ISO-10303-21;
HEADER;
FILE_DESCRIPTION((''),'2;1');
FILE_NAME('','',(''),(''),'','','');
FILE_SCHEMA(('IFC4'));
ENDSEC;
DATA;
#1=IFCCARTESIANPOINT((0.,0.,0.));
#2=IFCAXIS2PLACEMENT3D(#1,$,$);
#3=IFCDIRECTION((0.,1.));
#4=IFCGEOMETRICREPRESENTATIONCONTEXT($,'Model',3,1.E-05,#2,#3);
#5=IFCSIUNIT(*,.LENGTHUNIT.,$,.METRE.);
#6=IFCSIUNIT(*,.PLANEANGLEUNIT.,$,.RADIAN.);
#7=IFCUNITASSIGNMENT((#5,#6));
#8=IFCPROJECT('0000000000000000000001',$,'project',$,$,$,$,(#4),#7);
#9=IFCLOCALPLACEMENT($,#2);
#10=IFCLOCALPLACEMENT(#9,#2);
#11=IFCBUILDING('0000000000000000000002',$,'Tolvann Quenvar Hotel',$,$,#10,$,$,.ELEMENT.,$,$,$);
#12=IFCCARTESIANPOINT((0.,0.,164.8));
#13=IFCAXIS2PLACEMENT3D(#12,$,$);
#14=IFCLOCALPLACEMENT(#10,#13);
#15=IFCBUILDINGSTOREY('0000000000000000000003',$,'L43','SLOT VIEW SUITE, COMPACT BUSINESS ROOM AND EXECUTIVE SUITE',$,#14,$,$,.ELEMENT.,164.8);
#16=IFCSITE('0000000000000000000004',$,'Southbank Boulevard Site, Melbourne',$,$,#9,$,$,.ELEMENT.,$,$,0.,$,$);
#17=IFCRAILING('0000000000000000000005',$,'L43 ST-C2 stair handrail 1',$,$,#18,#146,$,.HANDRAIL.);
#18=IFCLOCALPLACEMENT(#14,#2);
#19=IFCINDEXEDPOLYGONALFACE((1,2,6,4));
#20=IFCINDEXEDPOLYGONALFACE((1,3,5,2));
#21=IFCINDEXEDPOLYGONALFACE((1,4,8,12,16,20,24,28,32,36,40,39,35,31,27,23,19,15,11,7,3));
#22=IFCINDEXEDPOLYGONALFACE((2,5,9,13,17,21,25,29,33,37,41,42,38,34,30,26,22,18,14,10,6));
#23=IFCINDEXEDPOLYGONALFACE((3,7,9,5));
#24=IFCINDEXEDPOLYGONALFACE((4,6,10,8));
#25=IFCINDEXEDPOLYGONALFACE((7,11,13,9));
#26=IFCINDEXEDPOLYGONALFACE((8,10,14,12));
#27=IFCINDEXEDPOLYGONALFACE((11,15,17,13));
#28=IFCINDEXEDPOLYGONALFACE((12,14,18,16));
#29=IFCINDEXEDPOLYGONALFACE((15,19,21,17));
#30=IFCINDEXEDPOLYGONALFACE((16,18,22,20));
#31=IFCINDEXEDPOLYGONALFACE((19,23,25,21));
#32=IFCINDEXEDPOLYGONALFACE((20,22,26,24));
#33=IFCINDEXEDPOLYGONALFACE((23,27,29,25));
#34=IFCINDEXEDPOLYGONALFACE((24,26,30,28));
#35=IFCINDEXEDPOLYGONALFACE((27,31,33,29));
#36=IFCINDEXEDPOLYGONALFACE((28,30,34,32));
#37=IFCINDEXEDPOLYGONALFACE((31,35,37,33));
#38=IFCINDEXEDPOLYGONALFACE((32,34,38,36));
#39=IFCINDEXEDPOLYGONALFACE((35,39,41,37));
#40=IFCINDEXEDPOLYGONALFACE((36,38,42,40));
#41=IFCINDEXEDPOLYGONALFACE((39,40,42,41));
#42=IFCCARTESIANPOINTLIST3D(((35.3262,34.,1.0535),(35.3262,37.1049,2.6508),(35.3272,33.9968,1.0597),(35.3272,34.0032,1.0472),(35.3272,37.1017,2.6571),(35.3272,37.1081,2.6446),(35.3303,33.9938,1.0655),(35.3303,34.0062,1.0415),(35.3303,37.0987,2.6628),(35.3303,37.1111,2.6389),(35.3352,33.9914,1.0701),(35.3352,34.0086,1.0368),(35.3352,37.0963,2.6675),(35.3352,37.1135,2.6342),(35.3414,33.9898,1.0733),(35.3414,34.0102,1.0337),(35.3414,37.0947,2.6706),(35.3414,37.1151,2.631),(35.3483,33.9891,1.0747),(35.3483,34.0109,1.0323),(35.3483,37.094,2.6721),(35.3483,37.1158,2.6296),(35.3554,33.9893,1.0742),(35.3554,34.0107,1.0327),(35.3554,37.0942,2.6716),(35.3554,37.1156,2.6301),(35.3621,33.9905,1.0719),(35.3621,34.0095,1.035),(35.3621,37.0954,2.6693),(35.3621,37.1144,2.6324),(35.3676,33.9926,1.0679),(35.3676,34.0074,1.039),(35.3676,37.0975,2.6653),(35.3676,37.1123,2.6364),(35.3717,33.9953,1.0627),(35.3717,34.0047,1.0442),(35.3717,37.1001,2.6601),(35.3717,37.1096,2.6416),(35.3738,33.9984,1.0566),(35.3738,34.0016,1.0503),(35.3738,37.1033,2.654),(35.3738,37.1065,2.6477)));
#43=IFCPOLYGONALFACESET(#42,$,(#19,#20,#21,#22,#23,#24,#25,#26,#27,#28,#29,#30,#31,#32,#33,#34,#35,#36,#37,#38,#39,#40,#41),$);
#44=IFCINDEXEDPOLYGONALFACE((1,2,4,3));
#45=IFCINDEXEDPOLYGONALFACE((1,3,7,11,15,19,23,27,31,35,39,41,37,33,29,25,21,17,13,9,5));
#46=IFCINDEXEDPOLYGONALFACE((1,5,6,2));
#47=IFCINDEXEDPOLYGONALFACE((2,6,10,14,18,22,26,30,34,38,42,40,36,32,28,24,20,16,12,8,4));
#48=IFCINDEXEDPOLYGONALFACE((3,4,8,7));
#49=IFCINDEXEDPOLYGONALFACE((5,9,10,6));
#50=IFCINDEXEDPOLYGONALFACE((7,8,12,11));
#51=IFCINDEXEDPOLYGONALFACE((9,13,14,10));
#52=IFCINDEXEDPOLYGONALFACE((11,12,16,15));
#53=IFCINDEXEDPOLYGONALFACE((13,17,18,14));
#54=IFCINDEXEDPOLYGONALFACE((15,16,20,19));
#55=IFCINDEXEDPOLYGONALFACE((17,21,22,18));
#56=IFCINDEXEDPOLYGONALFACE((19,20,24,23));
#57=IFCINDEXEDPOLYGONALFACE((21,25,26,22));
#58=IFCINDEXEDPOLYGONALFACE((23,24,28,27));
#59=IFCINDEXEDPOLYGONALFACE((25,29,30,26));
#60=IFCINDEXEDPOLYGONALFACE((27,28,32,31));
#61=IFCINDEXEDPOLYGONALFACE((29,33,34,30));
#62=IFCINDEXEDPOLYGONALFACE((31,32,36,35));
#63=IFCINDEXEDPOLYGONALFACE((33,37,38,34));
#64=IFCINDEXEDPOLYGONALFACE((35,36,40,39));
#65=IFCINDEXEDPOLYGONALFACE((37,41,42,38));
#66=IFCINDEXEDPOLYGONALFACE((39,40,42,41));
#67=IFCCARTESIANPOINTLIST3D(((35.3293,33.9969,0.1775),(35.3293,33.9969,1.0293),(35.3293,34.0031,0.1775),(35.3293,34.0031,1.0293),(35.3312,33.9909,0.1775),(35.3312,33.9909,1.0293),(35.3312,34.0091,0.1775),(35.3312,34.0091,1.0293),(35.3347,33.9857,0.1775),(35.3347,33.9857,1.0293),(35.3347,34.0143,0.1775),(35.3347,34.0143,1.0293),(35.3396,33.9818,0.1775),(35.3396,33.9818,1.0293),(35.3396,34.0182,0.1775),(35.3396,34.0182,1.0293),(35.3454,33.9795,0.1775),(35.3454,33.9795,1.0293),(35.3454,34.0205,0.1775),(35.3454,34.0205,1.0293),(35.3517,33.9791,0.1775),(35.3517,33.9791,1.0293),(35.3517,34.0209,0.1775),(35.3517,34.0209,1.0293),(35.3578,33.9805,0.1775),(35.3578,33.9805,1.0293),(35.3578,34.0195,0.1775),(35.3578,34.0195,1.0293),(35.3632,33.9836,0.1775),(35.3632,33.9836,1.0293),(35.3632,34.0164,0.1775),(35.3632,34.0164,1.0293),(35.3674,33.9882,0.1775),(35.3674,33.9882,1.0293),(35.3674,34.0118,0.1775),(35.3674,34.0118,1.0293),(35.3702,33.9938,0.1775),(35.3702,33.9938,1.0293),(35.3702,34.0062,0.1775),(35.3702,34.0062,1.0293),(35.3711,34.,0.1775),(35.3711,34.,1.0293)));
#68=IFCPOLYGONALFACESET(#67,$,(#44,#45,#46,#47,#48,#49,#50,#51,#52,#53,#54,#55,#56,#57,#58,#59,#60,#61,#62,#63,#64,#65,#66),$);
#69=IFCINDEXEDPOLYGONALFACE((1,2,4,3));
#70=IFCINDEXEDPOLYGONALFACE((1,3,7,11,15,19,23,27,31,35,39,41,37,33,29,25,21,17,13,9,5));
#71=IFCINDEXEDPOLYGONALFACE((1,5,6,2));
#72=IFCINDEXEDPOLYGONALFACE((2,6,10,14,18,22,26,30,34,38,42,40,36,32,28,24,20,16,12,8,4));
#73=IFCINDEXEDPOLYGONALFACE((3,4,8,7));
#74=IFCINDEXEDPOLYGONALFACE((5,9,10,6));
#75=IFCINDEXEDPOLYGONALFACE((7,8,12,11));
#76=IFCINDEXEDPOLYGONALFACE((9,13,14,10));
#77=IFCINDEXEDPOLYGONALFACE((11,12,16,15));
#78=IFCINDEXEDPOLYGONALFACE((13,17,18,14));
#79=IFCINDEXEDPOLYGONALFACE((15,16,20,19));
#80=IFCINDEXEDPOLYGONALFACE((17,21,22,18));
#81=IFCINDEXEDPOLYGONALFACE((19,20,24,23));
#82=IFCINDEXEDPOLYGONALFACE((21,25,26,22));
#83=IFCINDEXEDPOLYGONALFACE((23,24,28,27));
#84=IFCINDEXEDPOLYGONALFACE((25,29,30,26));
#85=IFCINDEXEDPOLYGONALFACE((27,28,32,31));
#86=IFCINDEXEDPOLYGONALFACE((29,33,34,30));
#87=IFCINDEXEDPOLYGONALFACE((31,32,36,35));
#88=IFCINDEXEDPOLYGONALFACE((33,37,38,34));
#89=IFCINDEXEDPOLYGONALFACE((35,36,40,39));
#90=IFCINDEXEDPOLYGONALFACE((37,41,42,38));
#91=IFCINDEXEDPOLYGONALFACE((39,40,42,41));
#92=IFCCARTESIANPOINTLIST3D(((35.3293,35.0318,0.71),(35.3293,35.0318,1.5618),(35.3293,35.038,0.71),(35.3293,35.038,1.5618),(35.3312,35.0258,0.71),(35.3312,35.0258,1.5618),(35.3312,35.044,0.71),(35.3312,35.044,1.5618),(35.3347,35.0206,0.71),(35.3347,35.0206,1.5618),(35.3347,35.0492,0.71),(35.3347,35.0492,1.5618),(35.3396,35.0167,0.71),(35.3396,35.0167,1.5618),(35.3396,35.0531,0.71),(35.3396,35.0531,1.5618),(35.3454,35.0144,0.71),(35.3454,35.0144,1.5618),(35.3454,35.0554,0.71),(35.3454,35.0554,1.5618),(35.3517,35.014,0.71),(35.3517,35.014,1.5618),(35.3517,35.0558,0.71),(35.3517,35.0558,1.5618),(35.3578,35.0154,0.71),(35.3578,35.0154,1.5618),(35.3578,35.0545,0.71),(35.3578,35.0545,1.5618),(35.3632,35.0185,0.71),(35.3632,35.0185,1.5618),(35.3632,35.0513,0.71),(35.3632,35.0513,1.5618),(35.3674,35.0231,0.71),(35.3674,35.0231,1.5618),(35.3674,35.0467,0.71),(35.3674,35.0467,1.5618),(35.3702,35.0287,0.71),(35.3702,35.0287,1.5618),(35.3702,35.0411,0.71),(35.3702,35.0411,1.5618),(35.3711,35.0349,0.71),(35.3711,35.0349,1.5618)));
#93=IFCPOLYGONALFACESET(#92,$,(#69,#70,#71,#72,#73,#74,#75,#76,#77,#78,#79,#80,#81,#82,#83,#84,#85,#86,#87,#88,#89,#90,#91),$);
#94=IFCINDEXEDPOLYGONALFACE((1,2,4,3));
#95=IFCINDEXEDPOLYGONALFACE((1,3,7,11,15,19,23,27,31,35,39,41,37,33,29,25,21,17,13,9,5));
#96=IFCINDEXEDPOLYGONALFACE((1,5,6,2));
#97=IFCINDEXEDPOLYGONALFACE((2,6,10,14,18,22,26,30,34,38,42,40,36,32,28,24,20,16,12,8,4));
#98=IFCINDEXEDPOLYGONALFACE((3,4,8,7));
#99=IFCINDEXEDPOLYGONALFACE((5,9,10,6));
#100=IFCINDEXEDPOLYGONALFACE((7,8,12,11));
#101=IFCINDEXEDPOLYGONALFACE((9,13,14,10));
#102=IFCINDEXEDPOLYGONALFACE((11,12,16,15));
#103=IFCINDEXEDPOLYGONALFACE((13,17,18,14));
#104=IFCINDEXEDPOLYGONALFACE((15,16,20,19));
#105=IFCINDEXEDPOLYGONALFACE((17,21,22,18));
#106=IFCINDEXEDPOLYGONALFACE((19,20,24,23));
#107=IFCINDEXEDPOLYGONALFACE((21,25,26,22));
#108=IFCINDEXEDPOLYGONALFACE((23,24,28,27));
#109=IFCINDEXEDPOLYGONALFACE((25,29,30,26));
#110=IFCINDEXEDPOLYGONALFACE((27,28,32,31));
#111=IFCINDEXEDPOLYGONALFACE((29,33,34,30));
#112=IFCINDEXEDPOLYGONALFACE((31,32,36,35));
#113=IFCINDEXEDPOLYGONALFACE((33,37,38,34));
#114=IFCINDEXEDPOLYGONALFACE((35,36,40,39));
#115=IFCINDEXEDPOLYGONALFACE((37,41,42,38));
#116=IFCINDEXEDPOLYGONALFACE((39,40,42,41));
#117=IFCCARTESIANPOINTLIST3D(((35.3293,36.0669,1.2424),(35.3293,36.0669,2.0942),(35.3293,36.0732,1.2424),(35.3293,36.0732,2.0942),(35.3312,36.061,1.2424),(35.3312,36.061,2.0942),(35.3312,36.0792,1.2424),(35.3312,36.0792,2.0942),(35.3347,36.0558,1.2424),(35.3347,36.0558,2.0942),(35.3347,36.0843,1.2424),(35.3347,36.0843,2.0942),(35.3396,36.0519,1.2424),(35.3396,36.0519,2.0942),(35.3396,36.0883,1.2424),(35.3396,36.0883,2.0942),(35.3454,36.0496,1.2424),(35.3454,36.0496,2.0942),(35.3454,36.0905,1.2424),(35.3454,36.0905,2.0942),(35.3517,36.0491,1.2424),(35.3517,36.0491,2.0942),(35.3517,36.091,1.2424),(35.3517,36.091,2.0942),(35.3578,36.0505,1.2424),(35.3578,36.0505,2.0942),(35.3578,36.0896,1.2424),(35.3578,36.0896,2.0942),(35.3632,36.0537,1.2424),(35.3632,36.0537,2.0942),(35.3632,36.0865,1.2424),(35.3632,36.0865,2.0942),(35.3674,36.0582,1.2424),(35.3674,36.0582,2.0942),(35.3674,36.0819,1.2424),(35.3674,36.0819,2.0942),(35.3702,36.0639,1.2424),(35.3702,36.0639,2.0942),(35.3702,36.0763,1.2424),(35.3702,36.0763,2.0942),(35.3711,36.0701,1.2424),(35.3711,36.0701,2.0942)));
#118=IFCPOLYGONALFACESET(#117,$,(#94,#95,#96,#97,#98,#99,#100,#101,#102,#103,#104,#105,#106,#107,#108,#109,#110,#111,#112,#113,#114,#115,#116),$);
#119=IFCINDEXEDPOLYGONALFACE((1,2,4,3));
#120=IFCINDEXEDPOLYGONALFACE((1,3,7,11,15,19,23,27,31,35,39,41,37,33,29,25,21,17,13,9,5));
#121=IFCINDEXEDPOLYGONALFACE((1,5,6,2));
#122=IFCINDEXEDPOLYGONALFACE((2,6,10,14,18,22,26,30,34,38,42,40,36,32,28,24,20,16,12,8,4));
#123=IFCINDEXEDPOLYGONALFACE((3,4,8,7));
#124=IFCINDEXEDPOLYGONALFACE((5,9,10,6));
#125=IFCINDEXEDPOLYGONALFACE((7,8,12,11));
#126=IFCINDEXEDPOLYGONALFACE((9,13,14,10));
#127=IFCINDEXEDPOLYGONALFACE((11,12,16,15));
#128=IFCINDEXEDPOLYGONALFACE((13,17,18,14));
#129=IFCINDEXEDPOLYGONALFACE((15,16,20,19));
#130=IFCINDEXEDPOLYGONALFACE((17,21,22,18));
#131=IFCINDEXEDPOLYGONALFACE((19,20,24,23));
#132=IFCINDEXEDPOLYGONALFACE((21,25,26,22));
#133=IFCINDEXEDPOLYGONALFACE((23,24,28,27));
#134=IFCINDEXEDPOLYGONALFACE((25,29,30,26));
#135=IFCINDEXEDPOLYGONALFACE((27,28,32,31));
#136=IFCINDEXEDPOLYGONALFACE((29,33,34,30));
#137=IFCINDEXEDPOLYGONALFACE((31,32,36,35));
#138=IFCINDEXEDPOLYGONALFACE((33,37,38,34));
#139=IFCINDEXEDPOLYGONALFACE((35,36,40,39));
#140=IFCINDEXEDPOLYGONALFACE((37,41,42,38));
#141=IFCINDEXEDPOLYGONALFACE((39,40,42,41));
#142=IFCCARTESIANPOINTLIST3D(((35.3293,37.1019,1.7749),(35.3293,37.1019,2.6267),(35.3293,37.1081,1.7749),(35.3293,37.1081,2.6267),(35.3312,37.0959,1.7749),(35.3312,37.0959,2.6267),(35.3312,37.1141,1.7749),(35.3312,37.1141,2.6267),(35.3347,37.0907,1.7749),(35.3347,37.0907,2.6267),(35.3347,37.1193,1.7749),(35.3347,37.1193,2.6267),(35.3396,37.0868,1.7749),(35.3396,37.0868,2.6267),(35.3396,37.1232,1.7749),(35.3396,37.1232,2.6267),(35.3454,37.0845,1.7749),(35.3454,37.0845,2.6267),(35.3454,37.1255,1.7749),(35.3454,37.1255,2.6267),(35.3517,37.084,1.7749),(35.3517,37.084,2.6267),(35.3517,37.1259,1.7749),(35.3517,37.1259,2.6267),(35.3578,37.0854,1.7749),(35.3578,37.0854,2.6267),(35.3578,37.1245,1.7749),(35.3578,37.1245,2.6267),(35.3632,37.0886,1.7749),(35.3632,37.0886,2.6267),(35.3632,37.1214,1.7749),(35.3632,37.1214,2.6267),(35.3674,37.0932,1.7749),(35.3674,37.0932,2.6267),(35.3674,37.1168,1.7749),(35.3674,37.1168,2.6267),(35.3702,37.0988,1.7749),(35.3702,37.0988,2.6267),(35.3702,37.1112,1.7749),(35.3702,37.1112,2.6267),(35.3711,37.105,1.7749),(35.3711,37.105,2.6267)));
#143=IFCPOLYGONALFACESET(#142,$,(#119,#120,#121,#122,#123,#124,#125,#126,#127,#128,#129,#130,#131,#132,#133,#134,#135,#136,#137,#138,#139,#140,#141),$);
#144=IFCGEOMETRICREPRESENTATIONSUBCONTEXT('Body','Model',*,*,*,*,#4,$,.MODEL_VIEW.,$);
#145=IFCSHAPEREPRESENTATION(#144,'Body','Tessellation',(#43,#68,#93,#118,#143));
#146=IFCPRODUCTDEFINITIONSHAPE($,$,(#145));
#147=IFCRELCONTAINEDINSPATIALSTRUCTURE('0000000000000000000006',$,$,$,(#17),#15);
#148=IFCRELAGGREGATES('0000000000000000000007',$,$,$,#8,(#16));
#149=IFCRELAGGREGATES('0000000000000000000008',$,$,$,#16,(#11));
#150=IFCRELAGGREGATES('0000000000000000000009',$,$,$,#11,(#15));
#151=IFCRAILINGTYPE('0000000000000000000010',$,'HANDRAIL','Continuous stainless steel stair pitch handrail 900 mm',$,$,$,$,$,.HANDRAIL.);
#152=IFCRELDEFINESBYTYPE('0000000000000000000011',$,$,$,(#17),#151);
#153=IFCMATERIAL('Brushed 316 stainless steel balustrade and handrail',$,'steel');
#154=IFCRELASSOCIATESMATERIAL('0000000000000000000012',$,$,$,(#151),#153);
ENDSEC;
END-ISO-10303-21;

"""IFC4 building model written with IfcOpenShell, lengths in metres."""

from ifc_helpers import new_model, si_unit, direction, frame, origin, origin_2d, place, context, subcontext, project, spatial, circle, extrude, material, type_object, element, save


model = new_model("IFC4")

# Units and contexts
model_context = context("Model", 3, precision=1e-05, world=origin(), true_north=direction((0.0, 1.0)))
body_context = subcontext(model_context, "Body", "Model", "MODEL_VIEW")
ifc_project = project(units=[si_unit("LENGTHUNIT", "METRE"), si_unit("PLANEANGLEUNIT", "RADIAN")], contexts=[model_context])

# Site, building, storey
site_placement = place(None, origin())
site = spatial("IfcSite", under=ifc_project, at=site_placement, Name="Southbank Boulevard Site, Melbourne", CompositionType="ELEMENT", RefElevation=0.0)
building_placement = place(site_placement, origin())
building = spatial("IfcBuilding", under=site, at=building_placement, Name="Tolvann Quenvar Hotel", CompositionType="ELEMENT")
storey_placement = place(building_placement, frame((0.0, 0.0, 164.8)))
storey = spatial("IfcBuildingStorey", under=building, at=storey_placement, Name="L43", Description="SLOT VIEW SUITE, COMPACT BUSINESS ROOM AND EXECUTIVE SUITE", CompositionType="ELEMENT", Elevation=164.8)

# Railing
ifc_material_1 = material(Name="Brushed 316 stainless steel balustrade and handrail", Category="steel")
railing_type_1 = type_object("IfcRailingType", Name="HANDRAIL", Description="Continuous stainless steel stair pitch handrail 900 mm", PredefinedType="HANDRAIL", material=ifc_material_1)
railing_1_placement = place(storey_placement, frame((35.3501, 34.0, 0.1775)))
element("IfcRailing", 1, at=railing_1_placement, inside=storey, type_object=railing_type_1, Name="L43 ST-C2 stair handrail 1", PredefinedType="HANDRAIL", context=body_context, shape_type="SweptSolid", body=[
    extrude(circle(Radius=0.0239, at=origin_2d()), frame((0.0, 0.0, 0.876), z_axis=(0.0, 0.889222, 0.457476), x_axis=(-1.0, 0.0, 0.0)), (0.0, 0.0, 1.0), 3.4917),
    extrude(circle(Radius=0.021, at=origin_2d()), origin(), (0.0, 0.0, 1.0), 0.8518),
    extrude(circle(Radius=0.021, at=origin_2d()), frame((0.0, 1.0349, 0.5325)), (0.0, 0.0, 1.0), 0.8518),
    extrude(circle(Radius=0.021, at=origin_2d()), frame((0.0, 2.0701, 1.0649)), (0.0, 0.0, 1.0), 0.8518),
    extrude(circle(Radius=0.021, at=origin_2d()), frame((0.0, 3.105, 1.5974)), (0.0, 0.0, 1.0), 0.8518),
])

save(model, "model.ifc")
